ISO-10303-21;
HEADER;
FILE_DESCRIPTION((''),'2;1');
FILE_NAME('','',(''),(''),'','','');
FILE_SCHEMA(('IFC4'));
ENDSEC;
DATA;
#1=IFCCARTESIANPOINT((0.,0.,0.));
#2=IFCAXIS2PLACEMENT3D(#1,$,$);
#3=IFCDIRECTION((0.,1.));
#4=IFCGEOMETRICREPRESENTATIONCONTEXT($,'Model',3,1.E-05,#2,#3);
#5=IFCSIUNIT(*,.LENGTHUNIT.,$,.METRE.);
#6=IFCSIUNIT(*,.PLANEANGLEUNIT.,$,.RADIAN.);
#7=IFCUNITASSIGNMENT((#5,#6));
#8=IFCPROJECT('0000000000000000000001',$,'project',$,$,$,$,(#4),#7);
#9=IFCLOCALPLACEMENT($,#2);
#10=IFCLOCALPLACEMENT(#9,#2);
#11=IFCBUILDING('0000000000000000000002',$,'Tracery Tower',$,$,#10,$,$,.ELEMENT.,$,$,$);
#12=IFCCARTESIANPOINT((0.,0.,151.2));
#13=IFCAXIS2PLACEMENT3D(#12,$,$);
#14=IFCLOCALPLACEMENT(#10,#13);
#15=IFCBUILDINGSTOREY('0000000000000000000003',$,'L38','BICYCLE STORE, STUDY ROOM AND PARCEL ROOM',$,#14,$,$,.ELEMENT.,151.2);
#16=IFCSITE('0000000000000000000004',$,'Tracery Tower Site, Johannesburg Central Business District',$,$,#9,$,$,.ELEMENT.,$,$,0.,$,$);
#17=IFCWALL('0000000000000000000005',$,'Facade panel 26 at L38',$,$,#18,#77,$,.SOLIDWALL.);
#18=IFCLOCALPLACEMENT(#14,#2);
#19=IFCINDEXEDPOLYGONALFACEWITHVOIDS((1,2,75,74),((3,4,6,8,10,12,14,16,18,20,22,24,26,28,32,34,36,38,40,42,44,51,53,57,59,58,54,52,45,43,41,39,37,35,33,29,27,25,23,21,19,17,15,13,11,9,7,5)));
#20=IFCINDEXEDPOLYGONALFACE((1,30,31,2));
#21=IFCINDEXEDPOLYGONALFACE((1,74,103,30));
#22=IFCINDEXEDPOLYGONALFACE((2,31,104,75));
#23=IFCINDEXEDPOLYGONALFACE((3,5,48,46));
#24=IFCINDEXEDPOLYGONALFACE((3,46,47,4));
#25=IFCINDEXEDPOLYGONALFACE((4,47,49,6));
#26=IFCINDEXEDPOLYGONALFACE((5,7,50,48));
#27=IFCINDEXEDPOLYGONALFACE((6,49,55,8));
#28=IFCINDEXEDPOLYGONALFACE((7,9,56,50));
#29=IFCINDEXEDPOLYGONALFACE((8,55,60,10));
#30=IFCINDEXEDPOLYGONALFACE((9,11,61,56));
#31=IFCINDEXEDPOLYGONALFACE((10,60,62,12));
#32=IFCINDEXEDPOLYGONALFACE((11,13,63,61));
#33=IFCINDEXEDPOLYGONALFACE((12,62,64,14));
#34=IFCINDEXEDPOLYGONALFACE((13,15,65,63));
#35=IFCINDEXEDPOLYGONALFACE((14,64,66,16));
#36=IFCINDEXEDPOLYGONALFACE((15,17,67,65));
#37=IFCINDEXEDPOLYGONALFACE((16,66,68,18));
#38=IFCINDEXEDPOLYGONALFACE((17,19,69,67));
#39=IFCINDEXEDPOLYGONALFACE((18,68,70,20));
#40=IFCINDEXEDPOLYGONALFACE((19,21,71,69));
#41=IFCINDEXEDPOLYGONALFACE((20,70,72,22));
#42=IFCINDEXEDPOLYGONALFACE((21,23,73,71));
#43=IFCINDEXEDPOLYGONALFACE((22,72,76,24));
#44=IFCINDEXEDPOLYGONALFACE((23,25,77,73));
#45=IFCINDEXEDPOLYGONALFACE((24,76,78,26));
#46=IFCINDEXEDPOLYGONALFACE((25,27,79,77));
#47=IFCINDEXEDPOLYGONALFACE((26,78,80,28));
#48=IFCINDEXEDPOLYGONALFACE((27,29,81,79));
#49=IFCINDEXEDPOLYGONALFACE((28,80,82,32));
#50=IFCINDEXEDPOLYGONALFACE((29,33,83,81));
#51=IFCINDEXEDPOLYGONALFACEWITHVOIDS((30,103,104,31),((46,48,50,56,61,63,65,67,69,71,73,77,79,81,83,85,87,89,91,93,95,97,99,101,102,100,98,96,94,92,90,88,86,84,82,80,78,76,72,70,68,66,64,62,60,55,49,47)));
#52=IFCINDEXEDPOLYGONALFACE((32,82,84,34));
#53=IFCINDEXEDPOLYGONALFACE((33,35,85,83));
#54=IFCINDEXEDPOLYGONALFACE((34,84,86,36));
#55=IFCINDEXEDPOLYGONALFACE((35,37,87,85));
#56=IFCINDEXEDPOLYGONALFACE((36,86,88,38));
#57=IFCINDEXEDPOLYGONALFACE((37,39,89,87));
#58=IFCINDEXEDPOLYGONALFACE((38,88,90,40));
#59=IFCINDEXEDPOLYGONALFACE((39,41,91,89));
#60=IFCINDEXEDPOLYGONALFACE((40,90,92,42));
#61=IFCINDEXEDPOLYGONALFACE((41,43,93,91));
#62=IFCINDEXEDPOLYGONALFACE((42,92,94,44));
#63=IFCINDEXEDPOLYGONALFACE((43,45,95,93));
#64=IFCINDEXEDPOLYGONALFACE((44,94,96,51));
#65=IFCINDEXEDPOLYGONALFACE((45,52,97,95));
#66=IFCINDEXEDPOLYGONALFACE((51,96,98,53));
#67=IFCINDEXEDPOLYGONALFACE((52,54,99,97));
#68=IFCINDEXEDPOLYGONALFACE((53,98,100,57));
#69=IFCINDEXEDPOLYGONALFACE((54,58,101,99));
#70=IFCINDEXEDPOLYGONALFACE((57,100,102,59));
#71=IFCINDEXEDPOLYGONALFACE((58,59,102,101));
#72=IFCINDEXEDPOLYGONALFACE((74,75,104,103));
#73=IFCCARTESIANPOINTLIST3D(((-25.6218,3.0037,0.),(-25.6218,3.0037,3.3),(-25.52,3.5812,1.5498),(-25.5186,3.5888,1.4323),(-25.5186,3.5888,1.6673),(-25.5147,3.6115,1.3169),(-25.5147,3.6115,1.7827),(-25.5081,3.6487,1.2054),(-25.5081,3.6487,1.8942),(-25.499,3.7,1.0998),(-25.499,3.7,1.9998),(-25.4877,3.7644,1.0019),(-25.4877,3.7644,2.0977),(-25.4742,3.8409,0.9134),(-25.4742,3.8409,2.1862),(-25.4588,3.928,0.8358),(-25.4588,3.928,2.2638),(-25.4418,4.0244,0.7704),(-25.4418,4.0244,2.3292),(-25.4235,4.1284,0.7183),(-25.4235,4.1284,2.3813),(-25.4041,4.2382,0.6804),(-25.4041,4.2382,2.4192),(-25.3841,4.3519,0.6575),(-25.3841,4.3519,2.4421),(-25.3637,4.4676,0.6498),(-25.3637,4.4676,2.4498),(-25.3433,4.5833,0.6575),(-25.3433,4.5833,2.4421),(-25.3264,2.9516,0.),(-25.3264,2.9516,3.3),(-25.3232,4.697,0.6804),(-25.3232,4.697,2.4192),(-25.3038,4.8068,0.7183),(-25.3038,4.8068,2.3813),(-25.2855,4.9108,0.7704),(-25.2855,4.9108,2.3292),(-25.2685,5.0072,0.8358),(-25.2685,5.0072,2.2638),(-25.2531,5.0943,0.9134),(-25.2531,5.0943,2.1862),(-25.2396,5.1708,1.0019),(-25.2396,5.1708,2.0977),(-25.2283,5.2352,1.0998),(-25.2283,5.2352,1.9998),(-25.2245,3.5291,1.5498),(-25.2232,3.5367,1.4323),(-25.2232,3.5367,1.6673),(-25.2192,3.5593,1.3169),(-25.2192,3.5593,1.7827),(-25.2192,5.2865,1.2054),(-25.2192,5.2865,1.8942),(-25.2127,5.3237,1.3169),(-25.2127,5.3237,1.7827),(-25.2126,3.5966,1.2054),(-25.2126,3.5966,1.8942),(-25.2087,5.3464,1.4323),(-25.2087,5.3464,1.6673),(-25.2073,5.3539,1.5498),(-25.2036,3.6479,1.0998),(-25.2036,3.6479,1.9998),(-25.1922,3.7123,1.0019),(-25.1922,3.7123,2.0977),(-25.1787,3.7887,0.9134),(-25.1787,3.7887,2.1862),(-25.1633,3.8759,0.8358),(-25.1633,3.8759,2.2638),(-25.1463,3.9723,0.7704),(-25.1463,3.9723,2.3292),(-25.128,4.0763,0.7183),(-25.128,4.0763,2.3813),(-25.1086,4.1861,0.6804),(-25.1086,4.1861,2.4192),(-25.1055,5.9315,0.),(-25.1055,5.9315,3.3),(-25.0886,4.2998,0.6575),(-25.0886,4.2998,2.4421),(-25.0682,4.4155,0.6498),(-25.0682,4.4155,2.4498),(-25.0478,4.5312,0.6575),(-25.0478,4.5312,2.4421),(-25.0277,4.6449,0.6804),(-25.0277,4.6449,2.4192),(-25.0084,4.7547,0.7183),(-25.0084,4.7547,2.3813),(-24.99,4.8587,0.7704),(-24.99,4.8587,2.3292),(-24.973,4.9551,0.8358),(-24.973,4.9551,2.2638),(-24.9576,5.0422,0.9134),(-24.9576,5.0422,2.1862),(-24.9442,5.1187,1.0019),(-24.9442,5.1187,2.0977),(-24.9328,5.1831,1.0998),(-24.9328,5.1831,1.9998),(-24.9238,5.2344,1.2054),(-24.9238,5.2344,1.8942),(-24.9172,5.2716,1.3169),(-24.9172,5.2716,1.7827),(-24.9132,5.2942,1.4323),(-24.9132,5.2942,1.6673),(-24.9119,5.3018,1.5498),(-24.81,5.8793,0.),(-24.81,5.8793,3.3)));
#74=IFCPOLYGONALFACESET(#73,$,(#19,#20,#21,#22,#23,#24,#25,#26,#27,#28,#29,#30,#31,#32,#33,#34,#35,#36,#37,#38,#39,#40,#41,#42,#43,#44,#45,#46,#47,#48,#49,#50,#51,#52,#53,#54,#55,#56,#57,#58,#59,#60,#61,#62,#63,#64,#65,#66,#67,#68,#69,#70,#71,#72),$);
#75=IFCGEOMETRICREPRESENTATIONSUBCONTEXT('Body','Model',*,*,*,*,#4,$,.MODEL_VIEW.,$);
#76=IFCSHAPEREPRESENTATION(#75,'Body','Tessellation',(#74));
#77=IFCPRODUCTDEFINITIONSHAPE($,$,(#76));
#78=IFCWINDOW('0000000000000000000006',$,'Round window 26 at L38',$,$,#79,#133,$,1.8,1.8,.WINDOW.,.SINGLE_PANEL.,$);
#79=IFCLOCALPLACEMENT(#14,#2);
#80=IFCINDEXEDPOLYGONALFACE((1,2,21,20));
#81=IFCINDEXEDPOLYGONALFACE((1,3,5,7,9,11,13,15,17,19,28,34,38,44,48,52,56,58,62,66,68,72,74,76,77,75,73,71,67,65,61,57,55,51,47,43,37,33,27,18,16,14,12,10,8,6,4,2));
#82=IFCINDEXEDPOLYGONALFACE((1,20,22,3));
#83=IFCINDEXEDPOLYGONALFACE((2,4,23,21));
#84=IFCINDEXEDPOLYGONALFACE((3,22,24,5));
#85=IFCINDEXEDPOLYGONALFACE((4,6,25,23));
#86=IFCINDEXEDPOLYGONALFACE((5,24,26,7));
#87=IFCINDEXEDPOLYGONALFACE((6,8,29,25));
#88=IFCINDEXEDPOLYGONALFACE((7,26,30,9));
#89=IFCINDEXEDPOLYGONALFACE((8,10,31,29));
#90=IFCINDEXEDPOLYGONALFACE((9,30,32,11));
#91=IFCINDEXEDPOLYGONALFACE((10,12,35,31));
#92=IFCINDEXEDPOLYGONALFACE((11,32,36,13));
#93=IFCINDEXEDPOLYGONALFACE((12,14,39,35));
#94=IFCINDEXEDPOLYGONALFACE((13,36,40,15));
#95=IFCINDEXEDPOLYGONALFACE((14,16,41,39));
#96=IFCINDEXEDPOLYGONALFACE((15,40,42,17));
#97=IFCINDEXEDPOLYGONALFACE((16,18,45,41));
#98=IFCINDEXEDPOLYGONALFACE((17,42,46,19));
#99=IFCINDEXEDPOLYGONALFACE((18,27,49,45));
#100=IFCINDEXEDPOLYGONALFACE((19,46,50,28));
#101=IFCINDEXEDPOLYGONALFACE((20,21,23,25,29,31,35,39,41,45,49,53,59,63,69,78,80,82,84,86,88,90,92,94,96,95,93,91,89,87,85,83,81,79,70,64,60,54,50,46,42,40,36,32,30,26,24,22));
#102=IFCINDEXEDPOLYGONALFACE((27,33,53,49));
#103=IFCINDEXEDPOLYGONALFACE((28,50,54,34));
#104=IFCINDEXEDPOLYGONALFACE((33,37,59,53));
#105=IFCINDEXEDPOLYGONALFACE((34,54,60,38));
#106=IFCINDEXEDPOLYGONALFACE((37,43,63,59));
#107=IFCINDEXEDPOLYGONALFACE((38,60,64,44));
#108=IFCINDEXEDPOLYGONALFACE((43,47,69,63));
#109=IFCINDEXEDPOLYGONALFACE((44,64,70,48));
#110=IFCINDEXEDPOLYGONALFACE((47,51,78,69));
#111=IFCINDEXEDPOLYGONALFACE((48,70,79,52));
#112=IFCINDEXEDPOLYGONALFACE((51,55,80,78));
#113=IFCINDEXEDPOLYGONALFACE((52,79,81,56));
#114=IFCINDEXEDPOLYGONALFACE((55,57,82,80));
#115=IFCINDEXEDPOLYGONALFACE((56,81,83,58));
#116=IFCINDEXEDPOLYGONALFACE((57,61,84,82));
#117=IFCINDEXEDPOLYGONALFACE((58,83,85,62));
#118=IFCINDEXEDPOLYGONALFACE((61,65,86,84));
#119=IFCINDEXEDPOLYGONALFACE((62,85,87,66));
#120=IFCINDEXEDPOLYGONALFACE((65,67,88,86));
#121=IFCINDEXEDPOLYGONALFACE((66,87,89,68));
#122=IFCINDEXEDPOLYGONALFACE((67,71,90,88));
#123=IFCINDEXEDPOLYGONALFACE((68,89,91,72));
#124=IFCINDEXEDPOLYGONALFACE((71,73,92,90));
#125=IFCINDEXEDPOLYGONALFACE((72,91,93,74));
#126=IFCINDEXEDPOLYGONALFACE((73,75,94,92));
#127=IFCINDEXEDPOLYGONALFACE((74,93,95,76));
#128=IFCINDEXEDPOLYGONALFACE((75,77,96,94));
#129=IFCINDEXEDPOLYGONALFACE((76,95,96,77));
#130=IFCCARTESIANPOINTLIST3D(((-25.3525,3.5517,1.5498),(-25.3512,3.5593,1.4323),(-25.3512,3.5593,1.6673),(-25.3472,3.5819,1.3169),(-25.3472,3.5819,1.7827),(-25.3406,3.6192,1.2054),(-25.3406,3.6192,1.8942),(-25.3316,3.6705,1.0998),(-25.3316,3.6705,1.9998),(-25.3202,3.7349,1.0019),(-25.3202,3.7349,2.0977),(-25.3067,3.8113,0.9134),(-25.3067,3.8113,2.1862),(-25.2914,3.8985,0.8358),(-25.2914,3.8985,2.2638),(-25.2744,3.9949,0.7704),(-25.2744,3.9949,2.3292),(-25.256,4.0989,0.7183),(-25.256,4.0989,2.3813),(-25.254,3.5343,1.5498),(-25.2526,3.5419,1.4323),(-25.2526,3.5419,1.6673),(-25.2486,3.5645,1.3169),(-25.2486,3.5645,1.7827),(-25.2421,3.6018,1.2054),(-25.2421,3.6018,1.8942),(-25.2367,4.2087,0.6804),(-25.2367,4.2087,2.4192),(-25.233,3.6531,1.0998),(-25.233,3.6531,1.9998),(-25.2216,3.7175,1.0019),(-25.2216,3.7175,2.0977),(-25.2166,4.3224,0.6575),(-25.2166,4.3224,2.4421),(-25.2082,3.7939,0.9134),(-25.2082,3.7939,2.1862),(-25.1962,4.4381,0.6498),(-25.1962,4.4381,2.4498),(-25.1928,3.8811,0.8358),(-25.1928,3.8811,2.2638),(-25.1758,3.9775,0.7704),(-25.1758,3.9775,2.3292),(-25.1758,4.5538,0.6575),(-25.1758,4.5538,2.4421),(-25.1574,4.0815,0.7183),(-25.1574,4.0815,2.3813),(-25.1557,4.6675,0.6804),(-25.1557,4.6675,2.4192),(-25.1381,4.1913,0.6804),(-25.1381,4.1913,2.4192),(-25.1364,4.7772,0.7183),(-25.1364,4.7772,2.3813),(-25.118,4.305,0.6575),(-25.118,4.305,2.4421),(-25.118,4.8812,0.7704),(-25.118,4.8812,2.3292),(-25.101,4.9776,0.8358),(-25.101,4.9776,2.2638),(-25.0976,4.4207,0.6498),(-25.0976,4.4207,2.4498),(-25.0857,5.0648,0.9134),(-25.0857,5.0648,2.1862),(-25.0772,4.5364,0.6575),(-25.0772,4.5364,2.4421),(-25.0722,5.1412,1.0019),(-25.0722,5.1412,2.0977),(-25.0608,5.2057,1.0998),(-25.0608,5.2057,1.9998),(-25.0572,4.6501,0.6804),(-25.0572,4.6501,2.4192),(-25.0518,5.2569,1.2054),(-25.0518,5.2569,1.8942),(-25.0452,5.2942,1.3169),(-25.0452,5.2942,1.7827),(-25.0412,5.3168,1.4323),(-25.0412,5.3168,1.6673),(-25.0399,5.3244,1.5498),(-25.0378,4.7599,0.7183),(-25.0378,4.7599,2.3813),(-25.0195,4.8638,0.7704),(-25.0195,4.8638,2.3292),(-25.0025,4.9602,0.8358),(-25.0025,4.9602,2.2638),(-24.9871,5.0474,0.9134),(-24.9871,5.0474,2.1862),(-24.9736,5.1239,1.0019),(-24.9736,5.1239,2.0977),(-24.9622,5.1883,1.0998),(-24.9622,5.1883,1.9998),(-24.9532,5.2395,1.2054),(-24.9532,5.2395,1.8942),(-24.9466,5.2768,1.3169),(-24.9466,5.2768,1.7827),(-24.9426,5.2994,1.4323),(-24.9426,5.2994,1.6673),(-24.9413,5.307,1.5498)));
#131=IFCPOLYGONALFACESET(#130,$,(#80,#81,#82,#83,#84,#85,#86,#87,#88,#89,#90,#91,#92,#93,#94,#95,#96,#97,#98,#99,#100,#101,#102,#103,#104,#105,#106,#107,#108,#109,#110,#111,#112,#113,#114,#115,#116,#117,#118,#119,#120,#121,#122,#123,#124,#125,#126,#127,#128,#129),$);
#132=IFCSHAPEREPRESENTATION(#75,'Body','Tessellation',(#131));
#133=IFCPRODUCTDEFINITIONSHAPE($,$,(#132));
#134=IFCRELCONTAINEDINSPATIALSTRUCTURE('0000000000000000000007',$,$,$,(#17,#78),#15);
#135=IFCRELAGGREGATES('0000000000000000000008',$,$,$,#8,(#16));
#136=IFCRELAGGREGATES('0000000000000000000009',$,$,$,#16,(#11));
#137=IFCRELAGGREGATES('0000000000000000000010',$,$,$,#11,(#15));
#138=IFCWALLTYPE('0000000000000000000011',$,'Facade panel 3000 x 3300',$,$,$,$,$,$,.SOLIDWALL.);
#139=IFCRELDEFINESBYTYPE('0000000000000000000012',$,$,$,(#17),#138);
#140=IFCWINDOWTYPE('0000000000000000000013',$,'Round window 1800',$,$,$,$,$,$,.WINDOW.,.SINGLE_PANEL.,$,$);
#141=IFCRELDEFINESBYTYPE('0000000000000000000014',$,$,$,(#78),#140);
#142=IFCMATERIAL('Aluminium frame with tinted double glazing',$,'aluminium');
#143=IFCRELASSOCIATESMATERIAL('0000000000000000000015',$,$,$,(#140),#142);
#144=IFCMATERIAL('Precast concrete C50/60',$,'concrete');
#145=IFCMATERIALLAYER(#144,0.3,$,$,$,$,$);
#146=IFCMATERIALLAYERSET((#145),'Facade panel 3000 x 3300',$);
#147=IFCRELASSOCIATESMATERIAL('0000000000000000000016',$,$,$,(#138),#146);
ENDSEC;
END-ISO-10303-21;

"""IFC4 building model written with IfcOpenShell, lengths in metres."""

from ifc_helpers import new_model, si_unit, direction, frame, frame_2d, origin, origin_2d, place, context, subcontext, project, spatial, rectangle, circle, extrude, material, layer, layer_set, type_object, element, fill, save


model = new_model("IFC4")

# Units and contexts
model_context = context("Model", 3, precision=1e-05, world=origin(), true_north=direction((0.0, 1.0)))
body_context = subcontext(model_context, "Body", "Model", "MODEL_VIEW")
ifc_project = project(units=[si_unit("LENGTHUNIT", "METRE"), si_unit("PLANEANGLEUNIT", "RADIAN")], contexts=[model_context])

# Site, building, storey
site_placement = place(None, origin())
site = spatial("IfcSite", under=ifc_project, at=site_placement, Name="Tracery Tower Site, Johannesburg Central Business District", CompositionType="ELEMENT", RefElevation=0.0)
building_placement = place(site_placement, origin())
building = spatial("IfcBuilding", under=site, at=building_placement, Name="Tracery Tower", CompositionType="ELEMENT")
storey_placement = place(building_placement, frame((0.0, 0.0, 151.2)))
storey = spatial("IfcBuildingStorey", under=building, at=storey_placement, Name="L38", Description="BICYCLE STORE, STUDY ROOM AND PARCEL ROOM", CompositionType="ELEMENT", Elevation=151.2)

# Wall, opening, window
ifc_material_1 = material(Name="Aluminium frame with tinted double glazing", Category="aluminium")
window_type = type_object("IfcWindowType", Name="Round window 1800", PartitioningType="SINGLE_PANEL", PredefinedType="WINDOW", material=ifc_material_1)
ifc_material_2 = material(Name="Precast concrete C50/60", Category="concrete")
ifc_layer_1 = layer(ifc_material_2, 0.3)
ifc_layer_set_1 = layer_set([ifc_layer_1], Name="Facade panel 3000 x 3300")
wall_type_1 = type_object("IfcWallType", Name="Facade panel 3000 x 3300", PredefinedType="SOLIDWALL", material=ifc_layer_set_1)
wall_1_placement = place(storey_placement, frame((-24.9578, 5.9053, 0.0), z_axis=(0.0, 0.0, 1.0), x_axis=(-0.173687, -0.984801, 0.0)))
wall_1 = element("IfcWall", 1, at=wall_1_placement, inside=storey, type_object=wall_type_1, Name="Facade panel 26 at L38", PredefinedType="SOLIDWALL", context=body_context, shape_type="SweptSolid", body=[
    extrude(rectangle(XDim=2.9729, YDim=0.3, at=frame_2d((1.4863, 0.0))), origin(), (0.0, 0.0, 1.0), 3.3),
])
opening_1_placement = place(wall_1_placement, frame((1.4863, 0.0, 1.5498)))
opening_1 = element("IfcOpeningElement", 2, at=opening_1_placement, cuts=wall_1, PredefinedType="OPENING", context=body_context, shape_type="SweptSolid", body=[
    extrude(circle(Radius=0.9, at=origin_2d()), frame((0.0, 0.1599, 0.0), z_axis=(0.0, -1.0, 0.0), x_axis=(1.0, 0.0, 0.0)), (0.0, 0.0, 1.0), 0.3201),
])
window_1_placement = place(opening_1_placement, origin())
window_1 = element("IfcWindow", 3, at=window_1_placement, inside=storey, type_object=window_type, Name="Round window 26 at L38", OverallHeight=1.8, OverallWidth=1.8, PartitioningType="SINGLE_PANEL", PredefinedType="WINDOW", context=body_context, shape_type="SweptSolid", body=[
    extrude(circle(Radius=0.9, at=origin_2d()), frame((0.0, 0.1201, 0.0), z_axis=(0.0, -1.0, 0.0), x_axis=(1.0, 0.0, 0.0)), (0.0, 0.0, 1.0), 0.1001),
])
fill(opening_1, window_1)

save(model, "model.ifc")
